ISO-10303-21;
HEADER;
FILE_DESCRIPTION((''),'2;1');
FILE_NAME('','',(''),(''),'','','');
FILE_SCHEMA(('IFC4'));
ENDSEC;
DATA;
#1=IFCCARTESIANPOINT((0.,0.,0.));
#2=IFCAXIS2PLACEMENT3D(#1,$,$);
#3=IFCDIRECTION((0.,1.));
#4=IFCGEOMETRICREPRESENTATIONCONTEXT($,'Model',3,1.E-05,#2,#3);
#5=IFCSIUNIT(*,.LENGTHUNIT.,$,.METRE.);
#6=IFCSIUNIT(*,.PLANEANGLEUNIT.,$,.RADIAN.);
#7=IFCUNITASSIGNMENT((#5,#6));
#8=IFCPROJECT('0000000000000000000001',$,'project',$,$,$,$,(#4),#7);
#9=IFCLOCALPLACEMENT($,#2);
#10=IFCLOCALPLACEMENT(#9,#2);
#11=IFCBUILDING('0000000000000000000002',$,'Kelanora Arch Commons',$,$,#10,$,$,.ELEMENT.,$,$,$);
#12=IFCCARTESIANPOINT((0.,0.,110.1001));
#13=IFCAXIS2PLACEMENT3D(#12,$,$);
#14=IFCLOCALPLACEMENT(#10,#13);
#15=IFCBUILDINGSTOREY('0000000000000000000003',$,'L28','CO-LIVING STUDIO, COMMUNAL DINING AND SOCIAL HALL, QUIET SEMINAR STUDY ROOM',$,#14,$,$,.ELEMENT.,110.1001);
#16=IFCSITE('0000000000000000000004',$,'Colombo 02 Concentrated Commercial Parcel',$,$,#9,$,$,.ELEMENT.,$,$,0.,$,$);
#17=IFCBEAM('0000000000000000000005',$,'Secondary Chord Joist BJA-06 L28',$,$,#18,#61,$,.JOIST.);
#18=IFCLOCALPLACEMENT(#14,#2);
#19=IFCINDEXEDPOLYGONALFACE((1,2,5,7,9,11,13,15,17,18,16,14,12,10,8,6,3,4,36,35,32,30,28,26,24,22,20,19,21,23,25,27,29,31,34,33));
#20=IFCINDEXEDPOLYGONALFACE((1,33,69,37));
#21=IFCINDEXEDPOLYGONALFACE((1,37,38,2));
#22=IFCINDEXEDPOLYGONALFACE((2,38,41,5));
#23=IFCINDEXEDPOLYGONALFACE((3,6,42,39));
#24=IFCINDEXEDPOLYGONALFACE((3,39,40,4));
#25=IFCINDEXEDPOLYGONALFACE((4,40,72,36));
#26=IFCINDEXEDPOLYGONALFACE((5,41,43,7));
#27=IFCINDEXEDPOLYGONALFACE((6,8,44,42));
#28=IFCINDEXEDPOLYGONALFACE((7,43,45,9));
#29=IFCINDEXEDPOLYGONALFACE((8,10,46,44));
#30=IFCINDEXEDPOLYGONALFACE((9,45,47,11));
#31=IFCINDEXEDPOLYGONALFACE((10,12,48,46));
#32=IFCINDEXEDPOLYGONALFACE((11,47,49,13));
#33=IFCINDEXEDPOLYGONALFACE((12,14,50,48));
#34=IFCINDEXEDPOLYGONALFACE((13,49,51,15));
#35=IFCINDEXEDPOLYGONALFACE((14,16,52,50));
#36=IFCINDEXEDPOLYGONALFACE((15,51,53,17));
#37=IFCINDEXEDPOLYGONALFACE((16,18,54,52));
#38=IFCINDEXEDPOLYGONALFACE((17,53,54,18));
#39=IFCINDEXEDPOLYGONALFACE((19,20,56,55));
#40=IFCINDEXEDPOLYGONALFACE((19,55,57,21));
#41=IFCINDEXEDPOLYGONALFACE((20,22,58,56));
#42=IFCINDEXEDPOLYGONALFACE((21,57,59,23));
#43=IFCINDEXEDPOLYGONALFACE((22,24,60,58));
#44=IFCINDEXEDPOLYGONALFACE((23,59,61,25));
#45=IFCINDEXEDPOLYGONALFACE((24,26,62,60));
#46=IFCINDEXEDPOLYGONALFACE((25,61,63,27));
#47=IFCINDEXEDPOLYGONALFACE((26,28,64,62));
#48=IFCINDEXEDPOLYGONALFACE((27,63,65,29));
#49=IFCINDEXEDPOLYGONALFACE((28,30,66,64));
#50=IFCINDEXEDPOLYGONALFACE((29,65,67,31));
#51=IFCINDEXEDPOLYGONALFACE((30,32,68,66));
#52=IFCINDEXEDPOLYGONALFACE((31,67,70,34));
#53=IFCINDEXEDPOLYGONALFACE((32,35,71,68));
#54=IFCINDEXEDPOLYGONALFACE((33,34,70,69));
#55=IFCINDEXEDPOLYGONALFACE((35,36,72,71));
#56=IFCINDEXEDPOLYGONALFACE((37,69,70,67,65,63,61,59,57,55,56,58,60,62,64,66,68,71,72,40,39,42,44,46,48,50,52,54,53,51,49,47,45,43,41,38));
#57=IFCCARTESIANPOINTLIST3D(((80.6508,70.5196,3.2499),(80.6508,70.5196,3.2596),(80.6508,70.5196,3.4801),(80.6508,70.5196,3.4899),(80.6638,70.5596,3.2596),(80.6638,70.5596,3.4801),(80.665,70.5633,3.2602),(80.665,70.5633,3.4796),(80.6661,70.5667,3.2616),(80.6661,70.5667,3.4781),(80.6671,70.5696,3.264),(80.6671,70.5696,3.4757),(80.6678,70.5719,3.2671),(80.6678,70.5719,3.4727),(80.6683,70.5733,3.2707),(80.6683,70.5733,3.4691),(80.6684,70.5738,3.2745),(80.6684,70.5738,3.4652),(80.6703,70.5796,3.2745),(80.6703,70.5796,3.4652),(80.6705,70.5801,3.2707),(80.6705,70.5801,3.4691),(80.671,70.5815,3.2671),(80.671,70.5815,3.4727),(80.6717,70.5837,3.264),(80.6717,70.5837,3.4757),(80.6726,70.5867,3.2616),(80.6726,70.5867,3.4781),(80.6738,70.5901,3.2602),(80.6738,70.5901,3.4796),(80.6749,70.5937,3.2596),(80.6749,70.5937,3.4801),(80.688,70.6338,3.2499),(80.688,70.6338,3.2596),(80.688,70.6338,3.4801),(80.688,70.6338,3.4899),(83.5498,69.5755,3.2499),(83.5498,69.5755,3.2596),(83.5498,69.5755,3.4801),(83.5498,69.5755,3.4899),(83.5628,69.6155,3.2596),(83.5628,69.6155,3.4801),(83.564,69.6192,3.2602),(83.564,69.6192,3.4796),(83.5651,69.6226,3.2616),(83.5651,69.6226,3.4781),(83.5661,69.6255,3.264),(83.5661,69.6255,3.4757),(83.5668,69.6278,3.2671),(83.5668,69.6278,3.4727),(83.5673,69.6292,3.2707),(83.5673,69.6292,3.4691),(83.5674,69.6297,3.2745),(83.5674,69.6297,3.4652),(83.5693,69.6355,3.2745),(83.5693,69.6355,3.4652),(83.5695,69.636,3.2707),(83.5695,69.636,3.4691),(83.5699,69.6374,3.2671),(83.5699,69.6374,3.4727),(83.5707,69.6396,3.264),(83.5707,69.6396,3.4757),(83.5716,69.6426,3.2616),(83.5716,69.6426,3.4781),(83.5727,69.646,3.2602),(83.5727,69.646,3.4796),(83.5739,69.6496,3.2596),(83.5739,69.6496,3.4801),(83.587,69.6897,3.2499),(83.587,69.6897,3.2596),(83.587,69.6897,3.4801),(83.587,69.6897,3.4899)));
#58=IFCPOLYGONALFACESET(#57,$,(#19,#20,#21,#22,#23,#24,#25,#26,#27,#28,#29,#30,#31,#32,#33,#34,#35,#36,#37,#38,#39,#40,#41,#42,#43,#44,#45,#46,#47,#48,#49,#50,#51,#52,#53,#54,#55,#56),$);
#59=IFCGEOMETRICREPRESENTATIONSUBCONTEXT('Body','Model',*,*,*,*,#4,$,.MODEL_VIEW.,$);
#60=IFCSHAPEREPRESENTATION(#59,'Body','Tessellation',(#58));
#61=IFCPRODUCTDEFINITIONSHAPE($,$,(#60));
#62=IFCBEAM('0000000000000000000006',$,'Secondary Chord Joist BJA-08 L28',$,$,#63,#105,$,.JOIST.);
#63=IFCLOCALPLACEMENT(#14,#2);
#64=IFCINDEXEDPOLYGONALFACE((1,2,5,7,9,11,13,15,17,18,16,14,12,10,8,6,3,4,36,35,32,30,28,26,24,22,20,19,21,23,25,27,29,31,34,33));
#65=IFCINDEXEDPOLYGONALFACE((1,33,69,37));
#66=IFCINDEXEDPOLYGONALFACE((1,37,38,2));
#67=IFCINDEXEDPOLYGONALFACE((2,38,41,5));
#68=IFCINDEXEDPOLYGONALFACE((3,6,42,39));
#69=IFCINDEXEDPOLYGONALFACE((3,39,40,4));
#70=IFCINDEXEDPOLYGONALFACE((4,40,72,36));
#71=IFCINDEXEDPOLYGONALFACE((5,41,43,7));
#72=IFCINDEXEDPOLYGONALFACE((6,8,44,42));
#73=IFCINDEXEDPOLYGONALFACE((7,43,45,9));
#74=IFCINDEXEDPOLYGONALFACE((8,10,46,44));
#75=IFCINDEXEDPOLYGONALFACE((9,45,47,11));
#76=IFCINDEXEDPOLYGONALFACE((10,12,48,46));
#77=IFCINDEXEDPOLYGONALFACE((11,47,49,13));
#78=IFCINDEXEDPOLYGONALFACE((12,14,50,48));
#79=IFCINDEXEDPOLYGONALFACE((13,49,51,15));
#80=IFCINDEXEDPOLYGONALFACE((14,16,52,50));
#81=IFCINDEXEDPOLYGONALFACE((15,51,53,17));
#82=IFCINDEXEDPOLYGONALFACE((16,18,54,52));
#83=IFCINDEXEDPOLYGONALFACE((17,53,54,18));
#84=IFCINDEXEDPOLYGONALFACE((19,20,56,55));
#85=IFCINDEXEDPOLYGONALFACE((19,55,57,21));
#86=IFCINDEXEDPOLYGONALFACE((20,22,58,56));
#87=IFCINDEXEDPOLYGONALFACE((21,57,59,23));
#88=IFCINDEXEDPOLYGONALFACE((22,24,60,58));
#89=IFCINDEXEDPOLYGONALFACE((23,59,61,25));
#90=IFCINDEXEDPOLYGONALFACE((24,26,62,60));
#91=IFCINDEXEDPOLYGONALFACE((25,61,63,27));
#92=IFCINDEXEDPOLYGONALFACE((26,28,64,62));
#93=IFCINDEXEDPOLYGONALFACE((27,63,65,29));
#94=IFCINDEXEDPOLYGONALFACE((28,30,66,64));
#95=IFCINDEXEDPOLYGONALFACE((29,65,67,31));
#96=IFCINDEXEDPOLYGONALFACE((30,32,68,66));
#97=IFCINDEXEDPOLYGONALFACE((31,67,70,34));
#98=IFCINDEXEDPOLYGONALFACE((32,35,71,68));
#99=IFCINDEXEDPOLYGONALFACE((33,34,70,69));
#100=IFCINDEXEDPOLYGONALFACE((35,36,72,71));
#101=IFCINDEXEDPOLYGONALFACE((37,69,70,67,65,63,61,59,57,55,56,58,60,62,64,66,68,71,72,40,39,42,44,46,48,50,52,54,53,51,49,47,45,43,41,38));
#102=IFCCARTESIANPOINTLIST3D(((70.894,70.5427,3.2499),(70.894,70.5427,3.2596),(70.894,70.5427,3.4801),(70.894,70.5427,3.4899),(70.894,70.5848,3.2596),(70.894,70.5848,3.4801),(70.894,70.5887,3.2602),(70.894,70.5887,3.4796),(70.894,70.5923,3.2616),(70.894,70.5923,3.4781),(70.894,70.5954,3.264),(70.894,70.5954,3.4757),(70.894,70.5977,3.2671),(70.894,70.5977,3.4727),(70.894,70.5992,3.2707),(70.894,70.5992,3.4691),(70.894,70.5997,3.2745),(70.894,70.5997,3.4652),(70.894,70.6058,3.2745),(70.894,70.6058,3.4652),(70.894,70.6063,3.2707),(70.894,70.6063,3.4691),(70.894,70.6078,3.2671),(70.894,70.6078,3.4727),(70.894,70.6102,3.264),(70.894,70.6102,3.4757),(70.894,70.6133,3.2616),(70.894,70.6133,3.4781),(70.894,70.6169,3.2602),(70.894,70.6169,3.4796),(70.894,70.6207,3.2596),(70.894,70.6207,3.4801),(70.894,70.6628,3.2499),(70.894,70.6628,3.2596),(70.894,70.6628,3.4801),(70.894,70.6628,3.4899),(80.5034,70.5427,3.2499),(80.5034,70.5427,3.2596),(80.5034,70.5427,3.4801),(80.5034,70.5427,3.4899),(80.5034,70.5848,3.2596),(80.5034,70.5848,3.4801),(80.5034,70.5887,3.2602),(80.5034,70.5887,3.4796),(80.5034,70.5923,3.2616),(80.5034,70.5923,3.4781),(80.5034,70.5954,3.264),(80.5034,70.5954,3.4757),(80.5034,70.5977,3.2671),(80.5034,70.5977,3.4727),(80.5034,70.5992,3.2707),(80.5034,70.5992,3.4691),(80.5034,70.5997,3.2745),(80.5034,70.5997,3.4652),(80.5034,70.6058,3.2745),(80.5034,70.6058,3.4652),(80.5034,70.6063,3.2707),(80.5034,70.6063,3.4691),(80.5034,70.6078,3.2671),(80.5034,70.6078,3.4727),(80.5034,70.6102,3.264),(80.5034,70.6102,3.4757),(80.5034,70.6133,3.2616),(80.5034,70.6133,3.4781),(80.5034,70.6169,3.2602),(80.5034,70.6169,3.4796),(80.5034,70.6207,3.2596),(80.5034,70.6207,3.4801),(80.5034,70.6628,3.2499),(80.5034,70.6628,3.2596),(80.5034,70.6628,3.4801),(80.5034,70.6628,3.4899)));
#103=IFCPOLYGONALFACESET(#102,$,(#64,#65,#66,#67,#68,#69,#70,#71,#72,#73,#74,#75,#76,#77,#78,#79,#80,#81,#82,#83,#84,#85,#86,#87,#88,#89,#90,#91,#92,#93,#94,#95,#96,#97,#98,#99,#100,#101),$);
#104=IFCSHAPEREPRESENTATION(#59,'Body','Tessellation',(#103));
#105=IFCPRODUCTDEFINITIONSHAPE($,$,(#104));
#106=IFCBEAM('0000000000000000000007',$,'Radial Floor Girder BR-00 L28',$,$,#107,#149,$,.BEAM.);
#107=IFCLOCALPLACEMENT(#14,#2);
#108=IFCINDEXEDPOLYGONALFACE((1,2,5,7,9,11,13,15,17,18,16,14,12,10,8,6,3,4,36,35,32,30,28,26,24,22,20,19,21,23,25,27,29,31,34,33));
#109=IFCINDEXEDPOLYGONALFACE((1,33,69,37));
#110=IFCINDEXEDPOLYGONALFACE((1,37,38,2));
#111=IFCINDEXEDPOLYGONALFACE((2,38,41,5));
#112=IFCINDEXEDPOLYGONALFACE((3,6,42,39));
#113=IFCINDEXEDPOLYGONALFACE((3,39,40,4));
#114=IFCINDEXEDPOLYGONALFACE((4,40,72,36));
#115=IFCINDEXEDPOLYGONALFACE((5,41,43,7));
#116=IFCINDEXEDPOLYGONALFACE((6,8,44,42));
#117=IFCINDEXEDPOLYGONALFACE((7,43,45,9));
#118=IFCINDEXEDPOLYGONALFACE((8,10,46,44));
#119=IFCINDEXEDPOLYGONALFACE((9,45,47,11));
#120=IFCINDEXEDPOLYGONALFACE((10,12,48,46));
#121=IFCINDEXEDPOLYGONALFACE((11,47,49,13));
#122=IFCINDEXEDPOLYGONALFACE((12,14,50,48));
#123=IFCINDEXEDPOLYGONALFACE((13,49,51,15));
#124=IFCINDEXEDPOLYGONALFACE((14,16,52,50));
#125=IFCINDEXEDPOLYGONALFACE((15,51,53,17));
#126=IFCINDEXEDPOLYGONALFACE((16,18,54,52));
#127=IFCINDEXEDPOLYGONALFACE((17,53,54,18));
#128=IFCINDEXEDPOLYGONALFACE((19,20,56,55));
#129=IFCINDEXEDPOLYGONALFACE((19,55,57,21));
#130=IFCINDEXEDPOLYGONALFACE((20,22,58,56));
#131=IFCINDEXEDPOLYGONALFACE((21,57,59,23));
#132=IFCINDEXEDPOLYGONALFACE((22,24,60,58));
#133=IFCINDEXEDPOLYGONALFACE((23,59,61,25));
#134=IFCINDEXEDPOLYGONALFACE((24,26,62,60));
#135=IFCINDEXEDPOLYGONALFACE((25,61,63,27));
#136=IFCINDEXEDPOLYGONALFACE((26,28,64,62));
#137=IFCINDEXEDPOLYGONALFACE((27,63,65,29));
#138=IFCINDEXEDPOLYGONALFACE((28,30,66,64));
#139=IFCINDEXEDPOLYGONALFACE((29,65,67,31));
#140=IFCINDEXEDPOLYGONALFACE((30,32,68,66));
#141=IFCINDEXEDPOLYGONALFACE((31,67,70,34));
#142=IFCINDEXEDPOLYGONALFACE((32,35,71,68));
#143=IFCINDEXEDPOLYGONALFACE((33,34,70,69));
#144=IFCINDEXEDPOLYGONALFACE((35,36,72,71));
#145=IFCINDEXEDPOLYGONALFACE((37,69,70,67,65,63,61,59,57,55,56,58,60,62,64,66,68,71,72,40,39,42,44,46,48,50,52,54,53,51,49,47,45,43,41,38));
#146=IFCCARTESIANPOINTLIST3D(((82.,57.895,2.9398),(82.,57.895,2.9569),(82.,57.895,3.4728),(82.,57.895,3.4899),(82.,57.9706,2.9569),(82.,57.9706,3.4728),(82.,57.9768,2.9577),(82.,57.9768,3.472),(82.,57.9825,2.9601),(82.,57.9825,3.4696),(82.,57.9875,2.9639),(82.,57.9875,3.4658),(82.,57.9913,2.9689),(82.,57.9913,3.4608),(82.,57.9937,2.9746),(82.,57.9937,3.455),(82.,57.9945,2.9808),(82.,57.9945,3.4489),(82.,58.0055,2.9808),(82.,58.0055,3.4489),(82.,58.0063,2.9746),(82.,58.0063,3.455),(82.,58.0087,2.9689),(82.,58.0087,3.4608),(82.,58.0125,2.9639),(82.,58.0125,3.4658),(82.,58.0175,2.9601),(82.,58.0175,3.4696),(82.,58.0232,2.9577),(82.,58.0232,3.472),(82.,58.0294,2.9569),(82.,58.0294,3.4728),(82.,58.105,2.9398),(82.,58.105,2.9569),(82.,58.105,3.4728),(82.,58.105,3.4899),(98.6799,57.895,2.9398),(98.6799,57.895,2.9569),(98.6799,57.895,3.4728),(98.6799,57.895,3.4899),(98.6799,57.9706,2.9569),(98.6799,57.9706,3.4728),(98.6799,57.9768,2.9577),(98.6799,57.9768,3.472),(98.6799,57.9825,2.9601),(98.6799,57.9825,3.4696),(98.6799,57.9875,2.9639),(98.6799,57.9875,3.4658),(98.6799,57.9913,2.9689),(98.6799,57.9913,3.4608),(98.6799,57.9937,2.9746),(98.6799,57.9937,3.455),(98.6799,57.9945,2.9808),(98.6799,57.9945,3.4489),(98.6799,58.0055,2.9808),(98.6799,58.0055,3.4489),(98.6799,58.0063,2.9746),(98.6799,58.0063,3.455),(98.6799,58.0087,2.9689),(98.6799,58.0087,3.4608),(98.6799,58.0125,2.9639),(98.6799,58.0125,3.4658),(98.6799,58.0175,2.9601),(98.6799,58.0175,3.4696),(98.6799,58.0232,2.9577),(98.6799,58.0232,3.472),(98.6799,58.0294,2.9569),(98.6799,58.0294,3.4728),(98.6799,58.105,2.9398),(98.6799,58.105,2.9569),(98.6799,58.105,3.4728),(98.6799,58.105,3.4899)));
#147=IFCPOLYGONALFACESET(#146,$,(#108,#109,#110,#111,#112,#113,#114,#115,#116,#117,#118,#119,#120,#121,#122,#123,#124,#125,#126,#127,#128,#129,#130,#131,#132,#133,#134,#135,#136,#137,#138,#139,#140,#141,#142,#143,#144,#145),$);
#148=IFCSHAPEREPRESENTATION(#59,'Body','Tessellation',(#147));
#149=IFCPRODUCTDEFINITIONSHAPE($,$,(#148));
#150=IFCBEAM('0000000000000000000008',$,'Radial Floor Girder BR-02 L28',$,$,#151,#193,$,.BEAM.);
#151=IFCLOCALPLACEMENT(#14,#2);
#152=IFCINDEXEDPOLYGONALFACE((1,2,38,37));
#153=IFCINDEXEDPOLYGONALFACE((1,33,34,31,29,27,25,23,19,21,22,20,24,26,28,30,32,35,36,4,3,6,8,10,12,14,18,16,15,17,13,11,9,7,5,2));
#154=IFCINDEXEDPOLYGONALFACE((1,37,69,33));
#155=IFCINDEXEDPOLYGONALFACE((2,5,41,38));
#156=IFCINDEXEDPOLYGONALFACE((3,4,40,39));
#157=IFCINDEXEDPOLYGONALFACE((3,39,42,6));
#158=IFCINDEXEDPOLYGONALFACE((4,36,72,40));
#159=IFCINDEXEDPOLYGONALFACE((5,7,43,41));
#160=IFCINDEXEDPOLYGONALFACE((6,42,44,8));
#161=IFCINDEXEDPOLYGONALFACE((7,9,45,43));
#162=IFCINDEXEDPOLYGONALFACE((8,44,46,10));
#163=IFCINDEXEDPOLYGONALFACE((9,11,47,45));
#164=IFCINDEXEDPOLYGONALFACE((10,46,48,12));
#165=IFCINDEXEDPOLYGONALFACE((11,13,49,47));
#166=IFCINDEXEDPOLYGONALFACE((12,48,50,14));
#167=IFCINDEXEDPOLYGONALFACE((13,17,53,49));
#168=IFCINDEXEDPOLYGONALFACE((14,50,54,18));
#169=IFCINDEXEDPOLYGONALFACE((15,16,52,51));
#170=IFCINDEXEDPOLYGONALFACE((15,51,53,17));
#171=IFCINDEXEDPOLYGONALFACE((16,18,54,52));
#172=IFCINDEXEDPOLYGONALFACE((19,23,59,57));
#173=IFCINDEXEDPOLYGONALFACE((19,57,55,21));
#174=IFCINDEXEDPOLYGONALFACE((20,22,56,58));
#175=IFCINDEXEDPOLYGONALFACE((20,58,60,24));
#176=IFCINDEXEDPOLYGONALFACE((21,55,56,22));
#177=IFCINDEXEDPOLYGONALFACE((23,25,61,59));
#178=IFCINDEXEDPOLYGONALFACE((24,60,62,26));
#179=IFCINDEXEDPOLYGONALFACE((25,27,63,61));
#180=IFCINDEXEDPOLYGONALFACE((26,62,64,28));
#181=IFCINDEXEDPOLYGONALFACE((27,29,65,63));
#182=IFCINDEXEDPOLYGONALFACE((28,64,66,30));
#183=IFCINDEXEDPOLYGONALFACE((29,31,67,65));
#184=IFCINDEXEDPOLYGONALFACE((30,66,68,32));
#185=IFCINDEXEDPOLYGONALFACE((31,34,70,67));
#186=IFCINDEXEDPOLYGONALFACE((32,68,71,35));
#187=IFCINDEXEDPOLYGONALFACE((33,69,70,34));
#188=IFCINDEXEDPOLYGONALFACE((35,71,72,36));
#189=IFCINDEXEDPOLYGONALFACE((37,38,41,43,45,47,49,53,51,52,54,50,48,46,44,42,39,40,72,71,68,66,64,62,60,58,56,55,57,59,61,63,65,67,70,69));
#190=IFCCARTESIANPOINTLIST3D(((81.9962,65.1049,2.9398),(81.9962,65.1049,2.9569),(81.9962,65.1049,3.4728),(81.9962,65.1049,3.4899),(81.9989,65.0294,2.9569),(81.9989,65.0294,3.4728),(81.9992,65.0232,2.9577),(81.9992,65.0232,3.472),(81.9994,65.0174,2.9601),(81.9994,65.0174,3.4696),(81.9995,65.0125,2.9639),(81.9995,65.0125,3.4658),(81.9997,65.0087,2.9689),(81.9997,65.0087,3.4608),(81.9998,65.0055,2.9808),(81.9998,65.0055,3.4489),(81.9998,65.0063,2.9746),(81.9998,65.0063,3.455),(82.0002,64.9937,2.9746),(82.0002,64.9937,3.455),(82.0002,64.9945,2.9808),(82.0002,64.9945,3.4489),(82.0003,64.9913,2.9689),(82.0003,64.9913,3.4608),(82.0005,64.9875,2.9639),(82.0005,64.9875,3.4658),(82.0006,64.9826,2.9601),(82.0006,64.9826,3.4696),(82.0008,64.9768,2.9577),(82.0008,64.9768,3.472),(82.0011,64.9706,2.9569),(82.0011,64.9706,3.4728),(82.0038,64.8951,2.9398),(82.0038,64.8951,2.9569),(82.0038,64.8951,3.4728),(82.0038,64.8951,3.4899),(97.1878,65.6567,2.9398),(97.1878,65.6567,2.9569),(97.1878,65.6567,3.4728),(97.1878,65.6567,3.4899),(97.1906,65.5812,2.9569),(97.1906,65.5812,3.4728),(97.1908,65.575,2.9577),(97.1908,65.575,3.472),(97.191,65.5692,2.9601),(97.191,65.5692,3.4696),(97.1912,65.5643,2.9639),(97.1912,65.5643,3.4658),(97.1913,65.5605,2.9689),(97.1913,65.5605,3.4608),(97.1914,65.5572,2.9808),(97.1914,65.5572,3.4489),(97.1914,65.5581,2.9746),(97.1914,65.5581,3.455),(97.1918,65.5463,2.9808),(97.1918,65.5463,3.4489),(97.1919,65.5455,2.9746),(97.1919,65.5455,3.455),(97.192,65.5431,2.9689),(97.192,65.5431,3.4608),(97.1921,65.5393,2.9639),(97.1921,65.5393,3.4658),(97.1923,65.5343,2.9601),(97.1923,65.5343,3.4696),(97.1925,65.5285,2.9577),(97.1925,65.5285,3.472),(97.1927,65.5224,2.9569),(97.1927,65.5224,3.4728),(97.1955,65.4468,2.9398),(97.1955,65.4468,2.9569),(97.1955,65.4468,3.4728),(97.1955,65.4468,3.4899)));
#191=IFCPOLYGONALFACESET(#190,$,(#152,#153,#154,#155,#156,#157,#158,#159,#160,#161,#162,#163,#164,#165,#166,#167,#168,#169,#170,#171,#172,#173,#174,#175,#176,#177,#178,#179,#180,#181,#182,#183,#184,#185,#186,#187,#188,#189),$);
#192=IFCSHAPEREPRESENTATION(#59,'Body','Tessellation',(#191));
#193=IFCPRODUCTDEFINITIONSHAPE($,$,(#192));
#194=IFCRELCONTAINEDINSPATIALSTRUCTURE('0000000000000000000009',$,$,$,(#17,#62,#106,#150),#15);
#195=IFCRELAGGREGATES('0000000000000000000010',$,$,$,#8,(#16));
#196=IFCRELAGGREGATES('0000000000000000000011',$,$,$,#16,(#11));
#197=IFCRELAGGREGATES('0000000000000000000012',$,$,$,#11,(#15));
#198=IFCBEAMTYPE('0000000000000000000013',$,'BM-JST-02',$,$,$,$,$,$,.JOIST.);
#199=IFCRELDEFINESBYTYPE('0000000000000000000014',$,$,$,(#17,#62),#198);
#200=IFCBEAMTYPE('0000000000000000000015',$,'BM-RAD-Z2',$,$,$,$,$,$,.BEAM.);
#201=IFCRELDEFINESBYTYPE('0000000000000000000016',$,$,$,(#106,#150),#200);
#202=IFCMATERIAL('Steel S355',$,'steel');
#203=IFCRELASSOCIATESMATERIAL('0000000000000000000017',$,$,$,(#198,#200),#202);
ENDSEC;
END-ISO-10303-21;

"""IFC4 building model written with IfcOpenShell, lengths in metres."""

from ifc_helpers import new_model, si_unit, direction, frame, origin, origin_2d, place, context, subcontext, project, spatial, i_section, extrude, material, material_profile, profile_set, type_object, element, save


model = new_model("IFC4")

# Units and contexts
model_context = context("Model", 3, precision=1e-05, world=origin(), true_north=direction((0.0, 1.0)))
body_context = subcontext(model_context, "Body", "Model", "MODEL_VIEW")
ifc_project = project(units=[si_unit("LENGTHUNIT", "METRE"), si_unit("PLANEANGLEUNIT", "RADIAN")], contexts=[model_context])

# Site, building, storey
site_placement = place(None, origin())
site = spatial("IfcSite", under=ifc_project, at=site_placement, Name="Colombo 02 Concentrated Commercial Parcel", CompositionType="ELEMENT", RefElevation=0.0)
building_placement = place(site_placement, origin())
building = spatial("IfcBuilding", under=site, at=building_placement, Name="Kelanora Arch Commons", CompositionType="ELEMENT")
storey_placement = place(building_placement, frame((0.0, 0.0, 110.1001)))
storey = spatial("IfcBuildingStorey", under=building, at=storey_placement, Name="L28", Description="CO-LIVING STUDIO, COMMUNAL DINING AND SOCIAL HALL, QUIET SEMINAR STUDY ROOM", CompositionType="ELEMENT", Elevation=110.1001)

# Beams
ifc_material_1 = material(Name="Steel S355", Category="steel")
ifc_material_profile_1 = material_profile(ifc_material_1, i_section(OverallWidth=0.1201, OverallDepth=0.24, WebThickness=0.0061, FlangeThickness=0.0098, FilletRadius=0.0149, at=origin_2d()), Name="IPE240")
ifc_profile_set_1 = profile_set([ifc_material_profile_1], Name="Steel S355")
beam_type_1 = type_object("IfcBeamType", Name="BM-JST-02", PredefinedType="JOIST", material=ifc_profile_set_1)
beam_1_placement = place(storey_placement, frame((83.5684, 69.6326, 3.3699), z_axis=(-0.950847, 0.309662, 0.0), x_axis=(-0.309662, -0.950847, 0.0)))
element("IfcBeam", 1, at=beam_1_placement, inside=storey, type_object=beam_type_1, Name="Secondary Chord Joist BJA-06 L28", PredefinedType="JOIST", context=body_context, shape_type="SweptSolid", body=[
    extrude(i_section(OverallWidth=0.1201, OverallDepth=0.24, WebThickness=0.0061, FlangeThickness=0.0098, FilletRadius=0.0149, at=origin_2d()), origin(), (0.0, 0.0, 1.0), 3.0488),
])
beam_2_placement = place(storey_placement, frame((80.5034, 70.6028, 3.3699), z_axis=(-1.0, 0.0, 0.0), x_axis=(0.0, -1.0, 0.0)))
element("IfcBeam", 2, at=beam_2_placement, inside=storey, type_object=beam_type_1, Name="Secondary Chord Joist BJA-08 L28", PredefinedType="JOIST", context=body_context, shape_type="SweptSolid", body=[
    extrude(i_section(OverallWidth=0.1201, OverallDepth=0.24, WebThickness=0.0061, FlangeThickness=0.0098, FilletRadius=0.0149, at=origin_2d()), origin(), (0.0, 0.0, 1.0), 9.6094),
])
ifc_material_profile_2 = material_profile(ifc_material_1, i_section(OverallWidth=0.21, OverallDepth=0.55, WebThickness=0.011, FlangeThickness=0.0171, FilletRadius=0.0239, at=origin_2d()), Name="IPE550")
ifc_profile_set_2 = profile_set([ifc_material_profile_2], Name="Steel S355")
beam_type_2 = type_object("IfcBeamType", Name="BM-RAD-Z2", PredefinedType="BEAM", material=ifc_profile_set_2)
beam_3_placement = place(storey_placement, frame((82.0, 58.0, 3.2148), z_axis=(1.0, 0.0, 0.0), x_axis=(0.0, 1.0, 0.0)))
element("IfcBeam", 3, at=beam_3_placement, inside=storey, type_object=beam_type_2, Name="Radial Floor Girder BR-00 L28", PredefinedType="BEAM", context=body_context, shape_type="SweptSolid", body=[
    extrude(i_section(OverallWidth=0.21, OverallDepth=0.55, WebThickness=0.011, FlangeThickness=0.0171, FilletRadius=0.0239, at=origin_2d()), origin(), (0.0, 0.0, 1.0), 16.6799),
])
beam_4_placement = place(storey_placement, frame((82.0, 65.0, 3.2148), z_axis=(0.999341, 0.036296, 0.0), x_axis=(-0.036296, 0.999341, 0.0)))
element("IfcBeam", 4, at=beam_4_placement, inside=storey, type_object=beam_type_2, Name="Radial Floor Girder BR-02 L28", PredefinedType="BEAM", context=body_context, shape_type="SweptSolid", body=[
    extrude(i_section(OverallWidth=0.21, OverallDepth=0.55, WebThickness=0.011, FlangeThickness=0.0171, FilletRadius=0.0239, at=origin_2d()), origin(), (0.0, 0.0, 1.0), 15.2017),
])

save(model, "model.ifc")
